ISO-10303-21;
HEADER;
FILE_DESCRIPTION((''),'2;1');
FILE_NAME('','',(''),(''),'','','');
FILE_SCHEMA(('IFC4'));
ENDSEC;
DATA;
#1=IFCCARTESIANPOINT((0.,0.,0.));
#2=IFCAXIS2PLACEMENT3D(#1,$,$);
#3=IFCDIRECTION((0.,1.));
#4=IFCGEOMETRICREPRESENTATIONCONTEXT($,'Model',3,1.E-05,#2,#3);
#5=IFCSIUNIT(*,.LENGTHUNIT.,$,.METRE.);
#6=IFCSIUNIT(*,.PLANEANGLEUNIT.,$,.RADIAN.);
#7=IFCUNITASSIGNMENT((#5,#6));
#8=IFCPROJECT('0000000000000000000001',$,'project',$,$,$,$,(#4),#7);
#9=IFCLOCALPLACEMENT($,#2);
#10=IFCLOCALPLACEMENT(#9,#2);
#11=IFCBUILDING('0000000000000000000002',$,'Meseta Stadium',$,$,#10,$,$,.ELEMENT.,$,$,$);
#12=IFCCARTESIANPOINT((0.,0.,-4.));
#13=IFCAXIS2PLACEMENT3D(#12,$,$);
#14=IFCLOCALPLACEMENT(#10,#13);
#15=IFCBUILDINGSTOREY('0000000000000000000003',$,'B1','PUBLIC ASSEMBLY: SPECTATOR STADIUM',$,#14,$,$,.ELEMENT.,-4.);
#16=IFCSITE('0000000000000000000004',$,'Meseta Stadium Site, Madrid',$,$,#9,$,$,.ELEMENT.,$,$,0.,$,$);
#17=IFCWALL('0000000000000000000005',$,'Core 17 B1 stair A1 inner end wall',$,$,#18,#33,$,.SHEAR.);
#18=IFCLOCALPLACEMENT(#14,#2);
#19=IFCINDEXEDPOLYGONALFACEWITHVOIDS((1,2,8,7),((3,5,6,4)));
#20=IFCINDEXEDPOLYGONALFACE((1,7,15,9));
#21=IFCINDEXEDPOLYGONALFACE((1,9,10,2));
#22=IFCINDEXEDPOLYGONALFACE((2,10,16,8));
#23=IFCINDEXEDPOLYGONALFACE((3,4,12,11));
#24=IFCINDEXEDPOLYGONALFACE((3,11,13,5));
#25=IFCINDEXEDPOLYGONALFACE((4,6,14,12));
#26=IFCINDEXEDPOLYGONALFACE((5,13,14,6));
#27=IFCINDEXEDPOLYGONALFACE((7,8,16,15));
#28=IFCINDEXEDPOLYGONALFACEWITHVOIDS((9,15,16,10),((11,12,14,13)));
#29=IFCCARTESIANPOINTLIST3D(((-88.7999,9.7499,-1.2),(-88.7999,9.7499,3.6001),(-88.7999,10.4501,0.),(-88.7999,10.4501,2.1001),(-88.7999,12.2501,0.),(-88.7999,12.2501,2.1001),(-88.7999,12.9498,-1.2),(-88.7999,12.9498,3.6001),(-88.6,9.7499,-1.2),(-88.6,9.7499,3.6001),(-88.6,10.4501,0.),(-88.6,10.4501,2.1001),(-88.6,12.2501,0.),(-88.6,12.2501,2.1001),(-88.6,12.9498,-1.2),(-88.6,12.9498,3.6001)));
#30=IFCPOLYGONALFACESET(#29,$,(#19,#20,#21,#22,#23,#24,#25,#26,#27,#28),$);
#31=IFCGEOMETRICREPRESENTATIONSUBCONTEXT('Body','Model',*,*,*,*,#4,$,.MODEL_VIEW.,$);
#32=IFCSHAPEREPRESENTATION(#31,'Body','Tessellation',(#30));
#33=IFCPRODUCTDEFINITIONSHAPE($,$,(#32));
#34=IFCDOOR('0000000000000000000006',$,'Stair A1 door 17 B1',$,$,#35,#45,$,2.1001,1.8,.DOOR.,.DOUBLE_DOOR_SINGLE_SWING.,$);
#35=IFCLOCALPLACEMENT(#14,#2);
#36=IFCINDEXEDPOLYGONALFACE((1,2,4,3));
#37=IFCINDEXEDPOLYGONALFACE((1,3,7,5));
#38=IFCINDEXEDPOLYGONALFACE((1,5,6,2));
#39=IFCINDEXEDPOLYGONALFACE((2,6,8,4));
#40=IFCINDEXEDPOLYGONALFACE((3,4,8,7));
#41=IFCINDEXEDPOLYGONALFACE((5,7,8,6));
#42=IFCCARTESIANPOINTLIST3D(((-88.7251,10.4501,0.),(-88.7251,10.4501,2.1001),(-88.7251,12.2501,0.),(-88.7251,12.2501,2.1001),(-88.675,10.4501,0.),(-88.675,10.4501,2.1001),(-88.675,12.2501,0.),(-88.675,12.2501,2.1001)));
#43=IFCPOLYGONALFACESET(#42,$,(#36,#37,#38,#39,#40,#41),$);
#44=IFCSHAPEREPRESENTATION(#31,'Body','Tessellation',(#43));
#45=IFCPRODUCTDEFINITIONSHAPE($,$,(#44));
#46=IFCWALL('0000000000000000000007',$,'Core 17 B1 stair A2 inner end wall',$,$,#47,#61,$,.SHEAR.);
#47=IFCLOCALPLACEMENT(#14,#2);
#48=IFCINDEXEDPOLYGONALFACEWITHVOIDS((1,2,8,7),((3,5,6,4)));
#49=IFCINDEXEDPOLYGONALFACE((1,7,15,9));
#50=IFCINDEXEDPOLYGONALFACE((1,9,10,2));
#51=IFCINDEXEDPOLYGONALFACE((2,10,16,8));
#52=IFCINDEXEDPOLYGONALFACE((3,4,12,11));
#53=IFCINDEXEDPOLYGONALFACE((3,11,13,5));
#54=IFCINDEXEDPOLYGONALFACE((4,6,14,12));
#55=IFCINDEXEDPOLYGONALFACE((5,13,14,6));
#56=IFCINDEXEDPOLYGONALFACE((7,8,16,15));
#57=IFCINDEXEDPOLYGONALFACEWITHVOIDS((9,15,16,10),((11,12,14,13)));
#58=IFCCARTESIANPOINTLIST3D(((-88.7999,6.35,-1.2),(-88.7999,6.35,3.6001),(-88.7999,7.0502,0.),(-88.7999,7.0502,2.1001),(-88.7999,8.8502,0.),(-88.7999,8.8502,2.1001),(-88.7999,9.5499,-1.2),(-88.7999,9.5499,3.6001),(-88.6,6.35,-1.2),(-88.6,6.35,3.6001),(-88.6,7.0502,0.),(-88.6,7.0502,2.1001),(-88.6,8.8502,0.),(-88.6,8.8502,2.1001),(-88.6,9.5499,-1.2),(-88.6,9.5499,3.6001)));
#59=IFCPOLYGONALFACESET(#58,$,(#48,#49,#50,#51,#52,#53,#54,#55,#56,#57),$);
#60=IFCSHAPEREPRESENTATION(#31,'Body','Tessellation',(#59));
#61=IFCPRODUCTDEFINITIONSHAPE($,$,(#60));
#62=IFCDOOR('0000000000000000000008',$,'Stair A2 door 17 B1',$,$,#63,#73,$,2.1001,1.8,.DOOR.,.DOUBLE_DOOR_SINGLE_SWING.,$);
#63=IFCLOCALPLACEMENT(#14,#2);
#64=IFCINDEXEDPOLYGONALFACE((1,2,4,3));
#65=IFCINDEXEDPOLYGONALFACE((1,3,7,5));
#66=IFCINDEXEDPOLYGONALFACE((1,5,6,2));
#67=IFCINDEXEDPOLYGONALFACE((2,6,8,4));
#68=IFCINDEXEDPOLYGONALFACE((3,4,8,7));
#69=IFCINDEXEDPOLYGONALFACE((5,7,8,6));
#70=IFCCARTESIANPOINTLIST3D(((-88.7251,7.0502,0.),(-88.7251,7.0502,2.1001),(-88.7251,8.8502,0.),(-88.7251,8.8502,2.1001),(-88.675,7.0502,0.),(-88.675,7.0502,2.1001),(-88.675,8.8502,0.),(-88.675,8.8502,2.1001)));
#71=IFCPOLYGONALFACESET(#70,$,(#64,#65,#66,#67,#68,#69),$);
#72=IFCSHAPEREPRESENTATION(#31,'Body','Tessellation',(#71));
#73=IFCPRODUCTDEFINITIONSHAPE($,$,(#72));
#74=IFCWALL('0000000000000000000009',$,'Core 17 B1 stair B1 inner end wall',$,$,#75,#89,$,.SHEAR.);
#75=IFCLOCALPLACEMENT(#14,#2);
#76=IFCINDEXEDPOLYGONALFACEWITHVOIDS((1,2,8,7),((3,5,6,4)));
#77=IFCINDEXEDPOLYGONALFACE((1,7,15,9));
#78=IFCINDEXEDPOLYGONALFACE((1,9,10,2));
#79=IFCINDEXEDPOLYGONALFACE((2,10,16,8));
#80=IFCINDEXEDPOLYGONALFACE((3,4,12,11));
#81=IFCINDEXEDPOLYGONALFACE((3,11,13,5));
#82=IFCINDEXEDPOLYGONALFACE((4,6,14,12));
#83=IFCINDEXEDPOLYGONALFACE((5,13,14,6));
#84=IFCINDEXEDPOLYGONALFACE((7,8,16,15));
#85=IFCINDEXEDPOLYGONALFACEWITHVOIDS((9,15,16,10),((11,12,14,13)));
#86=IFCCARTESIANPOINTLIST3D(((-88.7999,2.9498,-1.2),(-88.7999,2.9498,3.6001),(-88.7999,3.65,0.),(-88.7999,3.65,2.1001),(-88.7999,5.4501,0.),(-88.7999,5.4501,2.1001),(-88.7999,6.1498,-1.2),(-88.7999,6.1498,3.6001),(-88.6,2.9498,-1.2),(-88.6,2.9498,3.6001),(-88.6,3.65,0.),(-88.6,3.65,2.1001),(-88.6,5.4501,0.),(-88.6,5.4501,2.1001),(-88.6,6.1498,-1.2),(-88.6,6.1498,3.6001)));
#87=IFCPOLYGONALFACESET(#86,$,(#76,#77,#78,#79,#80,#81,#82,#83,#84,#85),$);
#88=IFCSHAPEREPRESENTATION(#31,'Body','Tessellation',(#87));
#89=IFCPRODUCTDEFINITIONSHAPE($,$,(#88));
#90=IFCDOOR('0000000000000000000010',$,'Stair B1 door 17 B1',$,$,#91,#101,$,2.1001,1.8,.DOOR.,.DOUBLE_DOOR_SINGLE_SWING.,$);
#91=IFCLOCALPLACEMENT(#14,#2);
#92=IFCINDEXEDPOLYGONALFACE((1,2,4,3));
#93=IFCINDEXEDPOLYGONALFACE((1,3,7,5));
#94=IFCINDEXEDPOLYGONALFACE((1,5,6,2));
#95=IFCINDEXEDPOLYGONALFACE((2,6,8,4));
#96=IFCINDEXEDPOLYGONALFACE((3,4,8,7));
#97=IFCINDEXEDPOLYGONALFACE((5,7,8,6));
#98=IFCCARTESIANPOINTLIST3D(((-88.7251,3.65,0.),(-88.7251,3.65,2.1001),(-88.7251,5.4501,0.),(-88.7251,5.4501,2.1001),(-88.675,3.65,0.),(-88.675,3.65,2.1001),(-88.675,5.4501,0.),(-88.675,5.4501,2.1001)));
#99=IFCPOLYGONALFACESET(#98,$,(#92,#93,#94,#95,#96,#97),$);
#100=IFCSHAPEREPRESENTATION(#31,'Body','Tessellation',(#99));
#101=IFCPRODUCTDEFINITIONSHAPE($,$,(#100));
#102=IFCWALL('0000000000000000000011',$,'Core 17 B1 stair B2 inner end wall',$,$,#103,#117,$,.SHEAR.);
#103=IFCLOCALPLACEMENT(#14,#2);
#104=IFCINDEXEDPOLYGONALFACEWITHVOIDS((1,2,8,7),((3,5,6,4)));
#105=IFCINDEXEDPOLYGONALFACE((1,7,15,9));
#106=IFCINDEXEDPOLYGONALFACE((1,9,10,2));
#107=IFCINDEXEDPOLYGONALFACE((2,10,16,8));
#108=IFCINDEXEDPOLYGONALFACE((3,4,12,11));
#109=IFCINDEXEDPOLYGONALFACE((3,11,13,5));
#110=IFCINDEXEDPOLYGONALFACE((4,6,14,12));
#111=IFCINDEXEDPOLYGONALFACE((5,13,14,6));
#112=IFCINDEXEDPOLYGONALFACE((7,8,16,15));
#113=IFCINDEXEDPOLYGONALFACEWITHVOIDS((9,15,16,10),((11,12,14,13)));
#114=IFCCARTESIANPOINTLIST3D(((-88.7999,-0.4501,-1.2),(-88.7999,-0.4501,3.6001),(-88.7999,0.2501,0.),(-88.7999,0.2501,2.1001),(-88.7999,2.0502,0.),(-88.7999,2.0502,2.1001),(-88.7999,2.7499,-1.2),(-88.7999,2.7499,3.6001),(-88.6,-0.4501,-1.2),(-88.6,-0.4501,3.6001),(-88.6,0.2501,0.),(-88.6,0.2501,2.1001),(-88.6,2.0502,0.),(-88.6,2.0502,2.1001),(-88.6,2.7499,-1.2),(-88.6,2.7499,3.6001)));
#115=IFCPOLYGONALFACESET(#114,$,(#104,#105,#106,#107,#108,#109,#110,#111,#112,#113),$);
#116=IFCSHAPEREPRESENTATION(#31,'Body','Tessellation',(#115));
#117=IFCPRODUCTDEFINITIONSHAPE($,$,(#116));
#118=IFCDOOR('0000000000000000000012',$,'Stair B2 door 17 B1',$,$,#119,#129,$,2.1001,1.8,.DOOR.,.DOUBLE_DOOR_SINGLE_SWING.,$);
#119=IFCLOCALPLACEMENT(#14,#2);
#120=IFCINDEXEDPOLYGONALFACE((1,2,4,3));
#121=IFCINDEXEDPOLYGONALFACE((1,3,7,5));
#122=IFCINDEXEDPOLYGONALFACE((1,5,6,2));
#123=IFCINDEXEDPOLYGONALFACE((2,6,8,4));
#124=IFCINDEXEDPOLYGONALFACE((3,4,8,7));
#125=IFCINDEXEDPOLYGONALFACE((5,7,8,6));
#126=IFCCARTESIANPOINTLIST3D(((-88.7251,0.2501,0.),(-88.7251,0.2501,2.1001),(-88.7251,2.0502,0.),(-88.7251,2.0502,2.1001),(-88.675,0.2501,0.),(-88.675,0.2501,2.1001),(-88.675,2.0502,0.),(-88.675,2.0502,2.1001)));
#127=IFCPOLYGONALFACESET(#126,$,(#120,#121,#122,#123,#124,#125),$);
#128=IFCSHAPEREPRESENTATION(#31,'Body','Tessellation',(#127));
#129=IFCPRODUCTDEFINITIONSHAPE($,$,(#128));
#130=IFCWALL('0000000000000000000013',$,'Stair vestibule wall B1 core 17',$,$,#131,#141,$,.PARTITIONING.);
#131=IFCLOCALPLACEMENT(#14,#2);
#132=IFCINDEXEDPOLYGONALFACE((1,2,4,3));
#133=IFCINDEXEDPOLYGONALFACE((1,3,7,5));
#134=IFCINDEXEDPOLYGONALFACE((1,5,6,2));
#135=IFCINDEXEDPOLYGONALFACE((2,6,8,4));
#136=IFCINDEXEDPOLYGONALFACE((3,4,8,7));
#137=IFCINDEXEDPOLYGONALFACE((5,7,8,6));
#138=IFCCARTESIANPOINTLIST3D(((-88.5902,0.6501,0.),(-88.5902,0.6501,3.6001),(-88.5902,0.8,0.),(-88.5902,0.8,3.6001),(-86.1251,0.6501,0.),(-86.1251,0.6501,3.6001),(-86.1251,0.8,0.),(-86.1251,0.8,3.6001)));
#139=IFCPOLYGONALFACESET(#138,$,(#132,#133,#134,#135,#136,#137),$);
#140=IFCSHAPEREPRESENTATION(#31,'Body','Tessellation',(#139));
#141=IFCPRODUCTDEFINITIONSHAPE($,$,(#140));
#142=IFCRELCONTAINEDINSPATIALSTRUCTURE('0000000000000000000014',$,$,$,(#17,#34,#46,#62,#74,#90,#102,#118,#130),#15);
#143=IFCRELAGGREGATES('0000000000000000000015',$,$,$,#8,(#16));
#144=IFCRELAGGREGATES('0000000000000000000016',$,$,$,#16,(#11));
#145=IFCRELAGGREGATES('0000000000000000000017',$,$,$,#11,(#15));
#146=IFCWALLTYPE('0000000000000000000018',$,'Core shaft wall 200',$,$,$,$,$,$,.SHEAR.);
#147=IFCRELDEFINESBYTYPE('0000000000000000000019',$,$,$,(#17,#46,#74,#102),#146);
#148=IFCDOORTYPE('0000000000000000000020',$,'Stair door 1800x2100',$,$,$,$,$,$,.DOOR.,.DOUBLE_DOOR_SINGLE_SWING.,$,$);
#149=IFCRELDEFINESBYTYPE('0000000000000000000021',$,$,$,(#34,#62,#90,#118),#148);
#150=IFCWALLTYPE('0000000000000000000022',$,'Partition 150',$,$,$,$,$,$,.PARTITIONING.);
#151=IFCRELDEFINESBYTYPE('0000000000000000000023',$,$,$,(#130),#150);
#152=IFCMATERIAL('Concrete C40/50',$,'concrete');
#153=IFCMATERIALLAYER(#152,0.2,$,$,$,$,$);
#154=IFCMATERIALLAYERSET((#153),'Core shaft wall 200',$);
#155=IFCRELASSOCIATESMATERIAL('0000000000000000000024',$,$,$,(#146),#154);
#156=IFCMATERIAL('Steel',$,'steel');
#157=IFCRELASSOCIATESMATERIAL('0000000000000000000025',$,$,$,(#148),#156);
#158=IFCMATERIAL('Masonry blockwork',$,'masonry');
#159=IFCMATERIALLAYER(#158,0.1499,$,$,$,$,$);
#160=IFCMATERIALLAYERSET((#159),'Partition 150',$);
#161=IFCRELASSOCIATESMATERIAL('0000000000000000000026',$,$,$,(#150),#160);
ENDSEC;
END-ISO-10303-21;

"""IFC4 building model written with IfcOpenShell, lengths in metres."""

from ifc_helpers import new_model, si_unit, direction, frame, frame_2d, origin, place, context, subcontext, project, spatial, rectangle, extrude, material, layer, layer_set, type_object, element, fill, save


model = new_model("IFC4")

# Units and contexts
model_context = context("Model", 3, precision=1e-05, world=origin(), true_north=direction((0.0, 1.0)))
body_context = subcontext(model_context, "Body", "Model", "MODEL_VIEW")
ifc_project = project(units=[si_unit("LENGTHUNIT", "METRE"), si_unit("PLANEANGLEUNIT", "RADIAN")], contexts=[model_context])

# Site, building, storey
site_placement = place(None, origin())
site = spatial("IfcSite", under=ifc_project, at=site_placement, Name="Meseta Stadium Site, Madrid", CompositionType="ELEMENT", RefElevation=0.0)
building_placement = place(site_placement, origin())
building = spatial("IfcBuilding", under=site, at=building_placement, Name="Meseta Stadium", CompositionType="ELEMENT")
storey_placement = place(building_placement, frame((0.0, 0.0, -4.0)))
storey = spatial("IfcBuildingStorey", under=building, at=storey_placement, Name="B1", Description="PUBLIC ASSEMBLY: SPECTATOR STADIUM", CompositionType="ELEMENT", Elevation=-4.0)

# Walls, openings, doors
ifc_material_1 = material(Name="Concrete C40/50", Category="concrete")
ifc_layer_1 = layer(ifc_material_1, 0.2)
ifc_layer_set_1 = layer_set([ifc_layer_1], Name="Core shaft wall 200")
wall_type_1 = type_object("IfcWallType", Name="Core shaft wall 200", PredefinedType="SHEAR", material=ifc_layer_set_1)
wall_1_placement = place(storey_placement, frame((-88.7, 12.95, -1.2), z_axis=(0.0, 0.0, 1.0), x_axis=(0.0, -1.0, 0.0)))
wall_1 = element("IfcWall", 1, at=wall_1_placement, inside=storey, type_object=wall_type_1, Name="Core 17 B1 stair A1 inner end wall", PredefinedType="SHEAR", context=body_context, shape_type="SweptSolid", body=[
    extrude(rectangle(XDim=3.2, YDim=0.2, at=frame_2d((1.6001, 0.0))), origin(), (0.0, 0.0, 1.0), 4.8),
])
opening_1_placement = place(wall_1_placement, frame((0.7, 0.0, 1.2)))
opening_1 = element("IfcOpeningElement", 2, at=opening_1_placement, cuts=wall_1, PredefinedType="OPENING", context=body_context, shape_type="SweptSolid", body=[
    extrude(rectangle(XDim=1.8, YDim=2.1001, at=frame_2d((0.8999, 1.05))), frame((0.0, 0.1099, 0.0), z_axis=(0.0, -1.0, 0.0), x_axis=(1.0, 0.0, 0.0)), (0.0, 0.0, 1.0), 0.22),
])
ifc_material_2 = material(Name="Steel", Category="steel")
door_type = type_object("IfcDoorType", Name="Stair door 1800x2100", OperationType="DOUBLE_DOOR_SINGLE_SWING", PredefinedType="DOOR", material=ifc_material_2)
door_1_placement = place(opening_1_placement, origin())
door_1 = element("IfcDoor", 3, at=door_1_placement, inside=storey, type_object=door_type, Name="Stair A1 door 17 B1", OperationType="DOUBLE_DOOR_SINGLE_SWING", OverallHeight=2.1001, OverallWidth=1.8, PredefinedType="DOOR", context=body_context, shape_type="SweptSolid", body=[
    extrude(rectangle(XDim=1.8, YDim=2.1001, at=frame_2d((0.8999, 1.05))), frame((0.0, 0.0249, 0.0), z_axis=(0.0, -1.0, 0.0), x_axis=(1.0, 0.0, 0.0)), (0.0, 0.0, 1.0), 0.05),
])
fill(opening_1, door_1)
wall_2_placement = place(storey_placement, frame((-88.7, 9.55, -1.2), z_axis=(0.0, 0.0, 1.0), x_axis=(0.0, -1.0, 0.0)))
wall_2 = element("IfcWall", 4, at=wall_2_placement, inside=storey, type_object=wall_type_1, Name="Core 17 B1 stair A2 inner end wall", PredefinedType="SHEAR", context=body_context, shape_type="SweptSolid", body=[
    extrude(rectangle(XDim=3.2, YDim=0.2, at=frame_2d((1.6001, 0.0))), origin(), (0.0, 0.0, 1.0), 4.8),
])
opening_2_placement = place(wall_2_placement, frame((0.7, 0.0, 1.2)))
opening_2 = element("IfcOpeningElement", 5, at=opening_2_placement, cuts=wall_2, PredefinedType="OPENING", context=body_context, shape_type="SweptSolid", body=[
    extrude(rectangle(XDim=1.8, YDim=2.1001, at=frame_2d((0.8999, 1.05))), frame((0.0, 0.1099, 0.0), z_axis=(0.0, -1.0, 0.0), x_axis=(1.0, 0.0, 0.0)), (0.0, 0.0, 1.0), 0.22),
])
door_2_placement = place(opening_2_placement, origin())
door_2 = element("IfcDoor", 6, at=door_2_placement, inside=storey, type_object=door_type, Name="Stair A2 door 17 B1", OperationType="DOUBLE_DOOR_SINGLE_SWING", OverallHeight=2.1001, OverallWidth=1.8, PredefinedType="DOOR", context=body_context, shape_type="SweptSolid", body=[
    extrude(rectangle(XDim=1.8, YDim=2.1001, at=frame_2d((0.8999, 1.05))), frame((0.0, 0.0249, 0.0), z_axis=(0.0, -1.0, 0.0), x_axis=(1.0, 0.0, 0.0)), (0.0, 0.0, 1.0), 0.05),
])
fill(opening_2, door_2)
wall_3_placement = place(storey_placement, frame((-88.7, 6.1499, -1.2), z_axis=(0.0, 0.0, 1.0), x_axis=(0.0, -1.0, 0.0)))
wall_3 = element("IfcWall", 7, at=wall_3_placement, inside=storey, type_object=wall_type_1, Name="Core 17 B1 stair B1 inner end wall", PredefinedType="SHEAR", context=body_context, shape_type="SweptSolid", body=[
    extrude(rectangle(XDim=3.2, YDim=0.2, at=frame_2d((1.6001, 0.0))), origin(), (0.0, 0.0, 1.0), 4.8),
])
opening_3_placement = place(wall_3_placement, frame((0.7, 0.0, 1.2)))
opening_3 = element("IfcOpeningElement", 8, at=opening_3_placement, cuts=wall_3, PredefinedType="OPENING", context=body_context, shape_type="SweptSolid", body=[
    extrude(rectangle(XDim=1.8, YDim=2.1001, at=frame_2d((0.8999, 1.05))), frame((0.0, 0.1099, 0.0), z_axis=(0.0, -1.0, 0.0), x_axis=(1.0, 0.0, 0.0)), (0.0, 0.0, 1.0), 0.22),
])
door_3_placement = place(opening_3_placement, origin())
door_3 = element("IfcDoor", 9, at=door_3_placement, inside=storey, type_object=door_type, Name="Stair B1 door 17 B1", OperationType="DOUBLE_DOOR_SINGLE_SWING", OverallHeight=2.1001, OverallWidth=1.8, PredefinedType="DOOR", context=body_context, shape_type="SweptSolid", body=[
    extrude(rectangle(XDim=1.8, YDim=2.1001, at=frame_2d((0.8999, 1.05))), frame((0.0, 0.0249, 0.0), z_axis=(0.0, -1.0, 0.0), x_axis=(1.0, 0.0, 0.0)), (0.0, 0.0, 1.0), 0.05),
])
fill(opening_3, door_3)
wall_4_placement = place(storey_placement, frame((-88.7, 2.75, -1.2), z_axis=(0.0, 0.0, 1.0), x_axis=(0.0, -1.0, 0.0)))
wall_4 = element("IfcWall", 10, at=wall_4_placement, inside=storey, type_object=wall_type_1, Name="Core 17 B1 stair B2 inner end wall", PredefinedType="SHEAR", context=body_context, shape_type="SweptSolid", body=[
    extrude(rectangle(XDim=3.2, YDim=0.2, at=frame_2d((1.6001, 0.0))), origin(), (0.0, 0.0, 1.0), 4.8),
])
opening_4_placement = place(wall_4_placement, frame((0.7, 0.0, 1.2)))
opening_4 = element("IfcOpeningElement", 11, at=opening_4_placement, cuts=wall_4, PredefinedType="OPENING", context=body_context, shape_type="SweptSolid", body=[
    extrude(rectangle(XDim=1.8, YDim=2.1001, at=frame_2d((0.8999, 1.05))), frame((0.0, 0.1099, 0.0), z_axis=(0.0, -1.0, 0.0), x_axis=(1.0, 0.0, 0.0)), (0.0, 0.0, 1.0), 0.22),
])
door_4_placement = place(opening_4_placement, origin())
door_4 = element("IfcDoor", 12, at=door_4_placement, inside=storey, type_object=door_type, Name="Stair B2 door 17 B1", OperationType="DOUBLE_DOOR_SINGLE_SWING", OverallHeight=2.1001, OverallWidth=1.8, PredefinedType="DOOR", context=body_context, shape_type="SweptSolid", body=[
    extrude(rectangle(XDim=1.8, YDim=2.1001, at=frame_2d((0.8999, 1.05))), frame((0.0, 0.0249, 0.0), z_axis=(0.0, -1.0, 0.0), x_axis=(1.0, 0.0, 0.0)), (0.0, 0.0, 1.0), 0.05),
])
fill(opening_4, door_4)

# Wall
ifc_material_3 = material(Name="Masonry blockwork", Category="masonry")
ifc_layer_2 = layer(ifc_material_3, 0.1499)
ifc_layer_set_2 = layer_set([ifc_layer_2], Name="Partition 150")
wall_type_2 = type_object("IfcWallType", Name="Partition 150", PredefinedType="PARTITIONING", material=ifc_layer_set_2)
wall_5_placement = place(storey_placement, frame((-88.5901, 0.7251, 0.0), z_axis=(0.0, 0.0, 1.0), x_axis=(1.0, 0.0, 0.0)))
element("IfcWall", 13, at=wall_5_placement, inside=storey, type_object=wall_type_2, Name="Stair vestibule wall B1 core 17", PredefinedType="PARTITIONING", context=body_context, shape_type="SweptSolid", body=[
    extrude(rectangle(XDim=2.4651, YDim=0.1499, at=frame_2d((1.2324, 0.0))), origin(), (0.0, 0.0, 1.0), 3.6001),
])

save(model, "model.ifc")
